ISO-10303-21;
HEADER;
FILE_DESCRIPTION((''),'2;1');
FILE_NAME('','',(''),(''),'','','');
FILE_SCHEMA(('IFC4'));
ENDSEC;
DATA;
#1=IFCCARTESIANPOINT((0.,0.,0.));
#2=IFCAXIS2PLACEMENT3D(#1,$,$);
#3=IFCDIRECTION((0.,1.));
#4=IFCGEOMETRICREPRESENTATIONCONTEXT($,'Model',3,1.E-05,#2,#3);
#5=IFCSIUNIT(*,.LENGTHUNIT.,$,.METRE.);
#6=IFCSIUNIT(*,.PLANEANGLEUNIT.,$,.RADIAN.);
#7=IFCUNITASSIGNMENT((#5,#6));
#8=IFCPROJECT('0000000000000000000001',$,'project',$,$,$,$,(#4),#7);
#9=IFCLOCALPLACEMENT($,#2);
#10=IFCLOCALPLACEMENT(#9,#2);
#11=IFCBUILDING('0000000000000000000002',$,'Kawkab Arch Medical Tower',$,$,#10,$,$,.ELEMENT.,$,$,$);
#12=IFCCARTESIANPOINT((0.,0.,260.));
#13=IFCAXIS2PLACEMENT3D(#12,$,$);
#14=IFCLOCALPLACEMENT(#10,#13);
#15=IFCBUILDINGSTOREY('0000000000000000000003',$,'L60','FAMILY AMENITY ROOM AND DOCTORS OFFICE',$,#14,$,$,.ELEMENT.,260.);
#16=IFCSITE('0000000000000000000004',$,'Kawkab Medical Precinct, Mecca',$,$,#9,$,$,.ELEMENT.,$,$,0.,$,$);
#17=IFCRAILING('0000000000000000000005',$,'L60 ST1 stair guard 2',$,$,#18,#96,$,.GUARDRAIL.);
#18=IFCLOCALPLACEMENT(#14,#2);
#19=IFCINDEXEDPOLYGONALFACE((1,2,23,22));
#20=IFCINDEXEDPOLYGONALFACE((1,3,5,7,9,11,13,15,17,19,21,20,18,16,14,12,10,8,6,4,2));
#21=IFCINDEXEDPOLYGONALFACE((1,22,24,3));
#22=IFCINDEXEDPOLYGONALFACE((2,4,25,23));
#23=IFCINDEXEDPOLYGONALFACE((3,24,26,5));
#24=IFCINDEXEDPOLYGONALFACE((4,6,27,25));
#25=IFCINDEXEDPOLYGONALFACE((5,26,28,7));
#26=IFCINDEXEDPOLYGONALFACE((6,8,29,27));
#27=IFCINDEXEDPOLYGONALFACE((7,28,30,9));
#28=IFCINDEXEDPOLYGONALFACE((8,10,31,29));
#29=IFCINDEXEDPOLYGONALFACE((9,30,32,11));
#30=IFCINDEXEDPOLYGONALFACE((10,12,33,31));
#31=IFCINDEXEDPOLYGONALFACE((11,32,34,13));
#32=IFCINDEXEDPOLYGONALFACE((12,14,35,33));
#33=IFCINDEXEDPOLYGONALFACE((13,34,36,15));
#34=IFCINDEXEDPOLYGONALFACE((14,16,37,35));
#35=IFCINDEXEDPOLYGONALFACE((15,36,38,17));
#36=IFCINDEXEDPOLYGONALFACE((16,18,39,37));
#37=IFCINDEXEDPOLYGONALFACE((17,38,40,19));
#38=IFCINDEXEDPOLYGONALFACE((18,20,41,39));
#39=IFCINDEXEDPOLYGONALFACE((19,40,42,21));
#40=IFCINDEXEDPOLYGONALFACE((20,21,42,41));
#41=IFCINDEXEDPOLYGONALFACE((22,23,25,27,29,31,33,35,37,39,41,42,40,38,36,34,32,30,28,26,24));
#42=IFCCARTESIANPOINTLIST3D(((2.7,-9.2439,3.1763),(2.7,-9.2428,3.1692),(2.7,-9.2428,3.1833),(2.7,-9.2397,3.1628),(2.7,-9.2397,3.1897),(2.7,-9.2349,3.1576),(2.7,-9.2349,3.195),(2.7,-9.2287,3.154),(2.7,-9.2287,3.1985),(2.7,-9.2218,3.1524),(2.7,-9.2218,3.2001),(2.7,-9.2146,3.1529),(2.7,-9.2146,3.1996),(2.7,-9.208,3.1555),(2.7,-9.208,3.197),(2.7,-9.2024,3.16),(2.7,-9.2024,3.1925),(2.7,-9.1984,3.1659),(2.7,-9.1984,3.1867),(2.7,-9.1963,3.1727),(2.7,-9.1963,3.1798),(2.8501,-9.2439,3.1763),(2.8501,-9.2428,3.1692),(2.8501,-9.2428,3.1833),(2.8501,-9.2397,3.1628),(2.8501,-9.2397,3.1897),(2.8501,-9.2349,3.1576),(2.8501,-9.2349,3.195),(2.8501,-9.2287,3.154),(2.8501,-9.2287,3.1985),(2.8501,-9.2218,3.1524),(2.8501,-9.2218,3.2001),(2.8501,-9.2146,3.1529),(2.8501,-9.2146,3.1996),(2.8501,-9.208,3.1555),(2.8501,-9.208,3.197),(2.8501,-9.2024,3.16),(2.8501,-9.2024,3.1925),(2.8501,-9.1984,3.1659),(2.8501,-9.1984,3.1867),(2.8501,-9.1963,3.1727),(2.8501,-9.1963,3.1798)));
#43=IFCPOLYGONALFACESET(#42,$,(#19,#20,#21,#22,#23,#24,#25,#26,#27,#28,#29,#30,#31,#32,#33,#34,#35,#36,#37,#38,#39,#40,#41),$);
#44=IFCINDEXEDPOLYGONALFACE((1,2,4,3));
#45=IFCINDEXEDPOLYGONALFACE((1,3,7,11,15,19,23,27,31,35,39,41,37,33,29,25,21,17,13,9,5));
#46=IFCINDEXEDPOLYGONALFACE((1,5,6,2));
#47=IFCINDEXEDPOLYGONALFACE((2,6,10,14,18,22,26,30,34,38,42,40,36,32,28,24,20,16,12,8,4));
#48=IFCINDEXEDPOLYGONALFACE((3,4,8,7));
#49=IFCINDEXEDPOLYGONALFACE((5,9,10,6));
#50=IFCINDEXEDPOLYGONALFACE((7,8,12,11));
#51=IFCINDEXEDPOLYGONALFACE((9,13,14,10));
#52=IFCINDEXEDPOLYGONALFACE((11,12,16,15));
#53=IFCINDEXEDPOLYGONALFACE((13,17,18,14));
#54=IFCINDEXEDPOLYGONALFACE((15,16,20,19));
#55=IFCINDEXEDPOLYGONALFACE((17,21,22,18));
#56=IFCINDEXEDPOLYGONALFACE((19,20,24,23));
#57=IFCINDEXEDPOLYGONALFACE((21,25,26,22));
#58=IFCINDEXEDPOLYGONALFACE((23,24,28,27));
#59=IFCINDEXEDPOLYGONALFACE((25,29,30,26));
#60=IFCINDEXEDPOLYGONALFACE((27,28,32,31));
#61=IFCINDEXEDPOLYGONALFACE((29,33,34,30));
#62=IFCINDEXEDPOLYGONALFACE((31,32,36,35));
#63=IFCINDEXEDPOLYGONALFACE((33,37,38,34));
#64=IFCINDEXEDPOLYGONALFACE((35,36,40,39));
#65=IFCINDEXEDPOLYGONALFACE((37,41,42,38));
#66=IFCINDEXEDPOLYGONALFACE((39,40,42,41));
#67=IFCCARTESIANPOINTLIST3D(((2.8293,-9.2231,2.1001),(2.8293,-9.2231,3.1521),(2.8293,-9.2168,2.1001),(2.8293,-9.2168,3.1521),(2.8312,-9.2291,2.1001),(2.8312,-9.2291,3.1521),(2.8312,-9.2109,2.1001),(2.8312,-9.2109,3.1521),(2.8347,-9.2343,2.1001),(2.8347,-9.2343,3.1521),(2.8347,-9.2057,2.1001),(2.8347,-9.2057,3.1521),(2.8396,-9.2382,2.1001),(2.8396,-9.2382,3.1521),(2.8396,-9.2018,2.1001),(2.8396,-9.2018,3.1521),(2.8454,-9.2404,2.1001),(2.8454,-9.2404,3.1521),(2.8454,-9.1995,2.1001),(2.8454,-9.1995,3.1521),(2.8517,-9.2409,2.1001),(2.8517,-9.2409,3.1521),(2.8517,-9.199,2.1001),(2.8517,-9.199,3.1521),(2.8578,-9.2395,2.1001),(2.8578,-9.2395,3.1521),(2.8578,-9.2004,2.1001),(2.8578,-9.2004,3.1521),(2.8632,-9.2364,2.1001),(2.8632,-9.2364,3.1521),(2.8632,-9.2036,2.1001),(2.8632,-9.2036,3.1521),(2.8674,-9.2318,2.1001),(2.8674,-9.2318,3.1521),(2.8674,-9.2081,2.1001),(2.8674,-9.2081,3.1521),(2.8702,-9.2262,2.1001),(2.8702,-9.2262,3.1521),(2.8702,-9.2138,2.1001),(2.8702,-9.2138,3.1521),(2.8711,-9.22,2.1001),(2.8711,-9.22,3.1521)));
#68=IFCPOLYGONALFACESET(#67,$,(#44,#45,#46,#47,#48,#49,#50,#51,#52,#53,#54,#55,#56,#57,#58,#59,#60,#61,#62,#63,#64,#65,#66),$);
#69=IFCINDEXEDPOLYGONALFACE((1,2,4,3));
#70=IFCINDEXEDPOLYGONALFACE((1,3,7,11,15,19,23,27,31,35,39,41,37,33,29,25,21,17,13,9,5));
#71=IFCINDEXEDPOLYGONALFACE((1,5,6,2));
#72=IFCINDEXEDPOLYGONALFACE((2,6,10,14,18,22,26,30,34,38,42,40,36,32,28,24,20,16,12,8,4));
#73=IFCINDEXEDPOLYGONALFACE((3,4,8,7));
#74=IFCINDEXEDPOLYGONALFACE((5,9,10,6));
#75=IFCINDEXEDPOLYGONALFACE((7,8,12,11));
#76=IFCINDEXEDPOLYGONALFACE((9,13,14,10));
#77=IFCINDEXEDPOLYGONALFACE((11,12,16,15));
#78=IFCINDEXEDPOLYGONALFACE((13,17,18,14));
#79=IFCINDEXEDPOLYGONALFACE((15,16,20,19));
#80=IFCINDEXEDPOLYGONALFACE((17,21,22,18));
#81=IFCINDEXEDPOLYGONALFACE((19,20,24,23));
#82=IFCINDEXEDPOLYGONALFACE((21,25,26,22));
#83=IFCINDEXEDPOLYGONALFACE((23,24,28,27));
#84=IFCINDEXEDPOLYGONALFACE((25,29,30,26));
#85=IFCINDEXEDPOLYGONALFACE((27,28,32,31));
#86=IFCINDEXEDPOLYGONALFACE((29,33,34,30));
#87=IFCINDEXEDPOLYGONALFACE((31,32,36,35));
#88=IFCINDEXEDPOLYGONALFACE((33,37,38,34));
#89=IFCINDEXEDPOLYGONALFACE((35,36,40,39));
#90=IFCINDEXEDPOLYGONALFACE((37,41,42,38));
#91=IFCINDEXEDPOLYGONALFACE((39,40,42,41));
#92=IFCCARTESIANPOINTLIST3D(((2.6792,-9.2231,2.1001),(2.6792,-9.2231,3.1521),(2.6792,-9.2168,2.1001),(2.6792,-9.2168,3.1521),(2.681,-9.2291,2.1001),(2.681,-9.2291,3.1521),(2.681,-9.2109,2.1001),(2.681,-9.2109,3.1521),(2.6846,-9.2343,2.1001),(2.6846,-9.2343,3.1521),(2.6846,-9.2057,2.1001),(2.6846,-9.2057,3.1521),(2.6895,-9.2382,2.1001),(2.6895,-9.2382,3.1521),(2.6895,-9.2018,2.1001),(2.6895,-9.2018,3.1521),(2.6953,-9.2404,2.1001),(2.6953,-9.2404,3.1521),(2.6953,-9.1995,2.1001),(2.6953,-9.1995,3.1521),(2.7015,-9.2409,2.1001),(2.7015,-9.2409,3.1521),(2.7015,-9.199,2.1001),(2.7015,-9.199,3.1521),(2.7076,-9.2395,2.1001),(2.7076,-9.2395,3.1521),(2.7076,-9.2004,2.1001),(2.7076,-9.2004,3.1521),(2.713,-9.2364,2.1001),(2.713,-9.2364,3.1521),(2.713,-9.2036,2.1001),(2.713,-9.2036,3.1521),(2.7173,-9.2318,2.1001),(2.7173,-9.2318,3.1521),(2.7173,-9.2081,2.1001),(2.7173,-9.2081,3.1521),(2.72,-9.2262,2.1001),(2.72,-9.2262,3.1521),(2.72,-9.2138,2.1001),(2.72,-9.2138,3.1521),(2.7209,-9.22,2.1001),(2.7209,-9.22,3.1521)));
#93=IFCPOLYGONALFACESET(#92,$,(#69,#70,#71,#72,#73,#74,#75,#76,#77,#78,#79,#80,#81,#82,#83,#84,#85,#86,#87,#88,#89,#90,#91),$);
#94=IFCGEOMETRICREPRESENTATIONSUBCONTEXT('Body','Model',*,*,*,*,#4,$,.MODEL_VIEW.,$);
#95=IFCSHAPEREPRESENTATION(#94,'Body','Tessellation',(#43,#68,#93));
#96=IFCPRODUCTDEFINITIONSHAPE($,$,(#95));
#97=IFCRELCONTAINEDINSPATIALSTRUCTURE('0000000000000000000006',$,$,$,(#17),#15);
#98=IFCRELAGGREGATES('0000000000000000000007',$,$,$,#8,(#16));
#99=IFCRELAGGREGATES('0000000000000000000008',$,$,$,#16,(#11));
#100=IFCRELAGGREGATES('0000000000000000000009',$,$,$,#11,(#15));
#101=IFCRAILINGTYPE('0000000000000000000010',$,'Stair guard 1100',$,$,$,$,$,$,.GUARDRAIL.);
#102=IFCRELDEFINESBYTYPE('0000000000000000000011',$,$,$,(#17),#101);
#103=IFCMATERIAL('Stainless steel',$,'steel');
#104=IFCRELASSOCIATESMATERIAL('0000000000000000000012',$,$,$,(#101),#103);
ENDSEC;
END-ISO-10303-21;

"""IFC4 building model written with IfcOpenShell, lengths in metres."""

from ifc_helpers import new_model, si_unit, direction, frame, origin, origin_2d, place, context, subcontext, project, spatial, circle, extrude, material, type_object, element, save


model = new_model("IFC4")

# Units and contexts
model_context = context("Model", 3, precision=1e-05, world=origin(), true_north=direction((0.0, 1.0)))
body_context = subcontext(model_context, "Body", "Model", "MODEL_VIEW")
ifc_project = project(units=[si_unit("LENGTHUNIT", "METRE"), si_unit("PLANEANGLEUNIT", "RADIAN")], contexts=[model_context])

# Site, building, storey
site_placement = place(None, origin())
site = spatial("IfcSite", under=ifc_project, at=site_placement, Name="Kawkab Medical Precinct, Mecca", CompositionType="ELEMENT", RefElevation=0.0)
building_placement = place(site_placement, origin())
building = spatial("IfcBuilding", under=site, at=building_placement, Name="Kawkab Arch Medical Tower", CompositionType="ELEMENT")
storey_placement = place(building_placement, frame((0.0, 0.0, 260.0)))
storey = spatial("IfcBuildingStorey", under=building, at=storey_placement, Name="L60", Description="FAMILY AMENITY ROOM AND DOCTORS OFFICE", CompositionType="ELEMENT", Elevation=260.0)

# Railing
ifc_material_1 = material(Name="Stainless steel", Category="steel")
railing_type_1 = type_object("IfcRailingType", Name="Stair guard 1100", PredefinedType="GUARDRAIL", material=ifc_material_1)
railing_1_placement = place(storey_placement, frame((2.8501, -9.22, 2.1001)))
element("IfcRailing", 1, at=railing_1_placement, inside=storey, type_object=railing_type_1, Name="L60 ST1 stair guard 2", PredefinedType="GUARDRAIL", context=body_context, shape_type="SweptSolid", body=[
    extrude(circle(Radius=0.0239, at=origin_2d()), frame((0.0, 0.0, 1.0762), z_axis=(-1.0, 0.0, 0.0), x_axis=(0.0, -1.0, 0.0)), (0.0, 0.0, 1.0), 0.1501),
    extrude(circle(Radius=0.021, at=origin_2d()), origin(), (0.0, 0.0, 1.0), 1.052),
    extrude(circle(Radius=0.021, at=origin_2d()), frame((-0.1501, 0.0, 0.0)), (0.0, 0.0, 1.0), 1.052),
])

save(model, "model.ifc")
